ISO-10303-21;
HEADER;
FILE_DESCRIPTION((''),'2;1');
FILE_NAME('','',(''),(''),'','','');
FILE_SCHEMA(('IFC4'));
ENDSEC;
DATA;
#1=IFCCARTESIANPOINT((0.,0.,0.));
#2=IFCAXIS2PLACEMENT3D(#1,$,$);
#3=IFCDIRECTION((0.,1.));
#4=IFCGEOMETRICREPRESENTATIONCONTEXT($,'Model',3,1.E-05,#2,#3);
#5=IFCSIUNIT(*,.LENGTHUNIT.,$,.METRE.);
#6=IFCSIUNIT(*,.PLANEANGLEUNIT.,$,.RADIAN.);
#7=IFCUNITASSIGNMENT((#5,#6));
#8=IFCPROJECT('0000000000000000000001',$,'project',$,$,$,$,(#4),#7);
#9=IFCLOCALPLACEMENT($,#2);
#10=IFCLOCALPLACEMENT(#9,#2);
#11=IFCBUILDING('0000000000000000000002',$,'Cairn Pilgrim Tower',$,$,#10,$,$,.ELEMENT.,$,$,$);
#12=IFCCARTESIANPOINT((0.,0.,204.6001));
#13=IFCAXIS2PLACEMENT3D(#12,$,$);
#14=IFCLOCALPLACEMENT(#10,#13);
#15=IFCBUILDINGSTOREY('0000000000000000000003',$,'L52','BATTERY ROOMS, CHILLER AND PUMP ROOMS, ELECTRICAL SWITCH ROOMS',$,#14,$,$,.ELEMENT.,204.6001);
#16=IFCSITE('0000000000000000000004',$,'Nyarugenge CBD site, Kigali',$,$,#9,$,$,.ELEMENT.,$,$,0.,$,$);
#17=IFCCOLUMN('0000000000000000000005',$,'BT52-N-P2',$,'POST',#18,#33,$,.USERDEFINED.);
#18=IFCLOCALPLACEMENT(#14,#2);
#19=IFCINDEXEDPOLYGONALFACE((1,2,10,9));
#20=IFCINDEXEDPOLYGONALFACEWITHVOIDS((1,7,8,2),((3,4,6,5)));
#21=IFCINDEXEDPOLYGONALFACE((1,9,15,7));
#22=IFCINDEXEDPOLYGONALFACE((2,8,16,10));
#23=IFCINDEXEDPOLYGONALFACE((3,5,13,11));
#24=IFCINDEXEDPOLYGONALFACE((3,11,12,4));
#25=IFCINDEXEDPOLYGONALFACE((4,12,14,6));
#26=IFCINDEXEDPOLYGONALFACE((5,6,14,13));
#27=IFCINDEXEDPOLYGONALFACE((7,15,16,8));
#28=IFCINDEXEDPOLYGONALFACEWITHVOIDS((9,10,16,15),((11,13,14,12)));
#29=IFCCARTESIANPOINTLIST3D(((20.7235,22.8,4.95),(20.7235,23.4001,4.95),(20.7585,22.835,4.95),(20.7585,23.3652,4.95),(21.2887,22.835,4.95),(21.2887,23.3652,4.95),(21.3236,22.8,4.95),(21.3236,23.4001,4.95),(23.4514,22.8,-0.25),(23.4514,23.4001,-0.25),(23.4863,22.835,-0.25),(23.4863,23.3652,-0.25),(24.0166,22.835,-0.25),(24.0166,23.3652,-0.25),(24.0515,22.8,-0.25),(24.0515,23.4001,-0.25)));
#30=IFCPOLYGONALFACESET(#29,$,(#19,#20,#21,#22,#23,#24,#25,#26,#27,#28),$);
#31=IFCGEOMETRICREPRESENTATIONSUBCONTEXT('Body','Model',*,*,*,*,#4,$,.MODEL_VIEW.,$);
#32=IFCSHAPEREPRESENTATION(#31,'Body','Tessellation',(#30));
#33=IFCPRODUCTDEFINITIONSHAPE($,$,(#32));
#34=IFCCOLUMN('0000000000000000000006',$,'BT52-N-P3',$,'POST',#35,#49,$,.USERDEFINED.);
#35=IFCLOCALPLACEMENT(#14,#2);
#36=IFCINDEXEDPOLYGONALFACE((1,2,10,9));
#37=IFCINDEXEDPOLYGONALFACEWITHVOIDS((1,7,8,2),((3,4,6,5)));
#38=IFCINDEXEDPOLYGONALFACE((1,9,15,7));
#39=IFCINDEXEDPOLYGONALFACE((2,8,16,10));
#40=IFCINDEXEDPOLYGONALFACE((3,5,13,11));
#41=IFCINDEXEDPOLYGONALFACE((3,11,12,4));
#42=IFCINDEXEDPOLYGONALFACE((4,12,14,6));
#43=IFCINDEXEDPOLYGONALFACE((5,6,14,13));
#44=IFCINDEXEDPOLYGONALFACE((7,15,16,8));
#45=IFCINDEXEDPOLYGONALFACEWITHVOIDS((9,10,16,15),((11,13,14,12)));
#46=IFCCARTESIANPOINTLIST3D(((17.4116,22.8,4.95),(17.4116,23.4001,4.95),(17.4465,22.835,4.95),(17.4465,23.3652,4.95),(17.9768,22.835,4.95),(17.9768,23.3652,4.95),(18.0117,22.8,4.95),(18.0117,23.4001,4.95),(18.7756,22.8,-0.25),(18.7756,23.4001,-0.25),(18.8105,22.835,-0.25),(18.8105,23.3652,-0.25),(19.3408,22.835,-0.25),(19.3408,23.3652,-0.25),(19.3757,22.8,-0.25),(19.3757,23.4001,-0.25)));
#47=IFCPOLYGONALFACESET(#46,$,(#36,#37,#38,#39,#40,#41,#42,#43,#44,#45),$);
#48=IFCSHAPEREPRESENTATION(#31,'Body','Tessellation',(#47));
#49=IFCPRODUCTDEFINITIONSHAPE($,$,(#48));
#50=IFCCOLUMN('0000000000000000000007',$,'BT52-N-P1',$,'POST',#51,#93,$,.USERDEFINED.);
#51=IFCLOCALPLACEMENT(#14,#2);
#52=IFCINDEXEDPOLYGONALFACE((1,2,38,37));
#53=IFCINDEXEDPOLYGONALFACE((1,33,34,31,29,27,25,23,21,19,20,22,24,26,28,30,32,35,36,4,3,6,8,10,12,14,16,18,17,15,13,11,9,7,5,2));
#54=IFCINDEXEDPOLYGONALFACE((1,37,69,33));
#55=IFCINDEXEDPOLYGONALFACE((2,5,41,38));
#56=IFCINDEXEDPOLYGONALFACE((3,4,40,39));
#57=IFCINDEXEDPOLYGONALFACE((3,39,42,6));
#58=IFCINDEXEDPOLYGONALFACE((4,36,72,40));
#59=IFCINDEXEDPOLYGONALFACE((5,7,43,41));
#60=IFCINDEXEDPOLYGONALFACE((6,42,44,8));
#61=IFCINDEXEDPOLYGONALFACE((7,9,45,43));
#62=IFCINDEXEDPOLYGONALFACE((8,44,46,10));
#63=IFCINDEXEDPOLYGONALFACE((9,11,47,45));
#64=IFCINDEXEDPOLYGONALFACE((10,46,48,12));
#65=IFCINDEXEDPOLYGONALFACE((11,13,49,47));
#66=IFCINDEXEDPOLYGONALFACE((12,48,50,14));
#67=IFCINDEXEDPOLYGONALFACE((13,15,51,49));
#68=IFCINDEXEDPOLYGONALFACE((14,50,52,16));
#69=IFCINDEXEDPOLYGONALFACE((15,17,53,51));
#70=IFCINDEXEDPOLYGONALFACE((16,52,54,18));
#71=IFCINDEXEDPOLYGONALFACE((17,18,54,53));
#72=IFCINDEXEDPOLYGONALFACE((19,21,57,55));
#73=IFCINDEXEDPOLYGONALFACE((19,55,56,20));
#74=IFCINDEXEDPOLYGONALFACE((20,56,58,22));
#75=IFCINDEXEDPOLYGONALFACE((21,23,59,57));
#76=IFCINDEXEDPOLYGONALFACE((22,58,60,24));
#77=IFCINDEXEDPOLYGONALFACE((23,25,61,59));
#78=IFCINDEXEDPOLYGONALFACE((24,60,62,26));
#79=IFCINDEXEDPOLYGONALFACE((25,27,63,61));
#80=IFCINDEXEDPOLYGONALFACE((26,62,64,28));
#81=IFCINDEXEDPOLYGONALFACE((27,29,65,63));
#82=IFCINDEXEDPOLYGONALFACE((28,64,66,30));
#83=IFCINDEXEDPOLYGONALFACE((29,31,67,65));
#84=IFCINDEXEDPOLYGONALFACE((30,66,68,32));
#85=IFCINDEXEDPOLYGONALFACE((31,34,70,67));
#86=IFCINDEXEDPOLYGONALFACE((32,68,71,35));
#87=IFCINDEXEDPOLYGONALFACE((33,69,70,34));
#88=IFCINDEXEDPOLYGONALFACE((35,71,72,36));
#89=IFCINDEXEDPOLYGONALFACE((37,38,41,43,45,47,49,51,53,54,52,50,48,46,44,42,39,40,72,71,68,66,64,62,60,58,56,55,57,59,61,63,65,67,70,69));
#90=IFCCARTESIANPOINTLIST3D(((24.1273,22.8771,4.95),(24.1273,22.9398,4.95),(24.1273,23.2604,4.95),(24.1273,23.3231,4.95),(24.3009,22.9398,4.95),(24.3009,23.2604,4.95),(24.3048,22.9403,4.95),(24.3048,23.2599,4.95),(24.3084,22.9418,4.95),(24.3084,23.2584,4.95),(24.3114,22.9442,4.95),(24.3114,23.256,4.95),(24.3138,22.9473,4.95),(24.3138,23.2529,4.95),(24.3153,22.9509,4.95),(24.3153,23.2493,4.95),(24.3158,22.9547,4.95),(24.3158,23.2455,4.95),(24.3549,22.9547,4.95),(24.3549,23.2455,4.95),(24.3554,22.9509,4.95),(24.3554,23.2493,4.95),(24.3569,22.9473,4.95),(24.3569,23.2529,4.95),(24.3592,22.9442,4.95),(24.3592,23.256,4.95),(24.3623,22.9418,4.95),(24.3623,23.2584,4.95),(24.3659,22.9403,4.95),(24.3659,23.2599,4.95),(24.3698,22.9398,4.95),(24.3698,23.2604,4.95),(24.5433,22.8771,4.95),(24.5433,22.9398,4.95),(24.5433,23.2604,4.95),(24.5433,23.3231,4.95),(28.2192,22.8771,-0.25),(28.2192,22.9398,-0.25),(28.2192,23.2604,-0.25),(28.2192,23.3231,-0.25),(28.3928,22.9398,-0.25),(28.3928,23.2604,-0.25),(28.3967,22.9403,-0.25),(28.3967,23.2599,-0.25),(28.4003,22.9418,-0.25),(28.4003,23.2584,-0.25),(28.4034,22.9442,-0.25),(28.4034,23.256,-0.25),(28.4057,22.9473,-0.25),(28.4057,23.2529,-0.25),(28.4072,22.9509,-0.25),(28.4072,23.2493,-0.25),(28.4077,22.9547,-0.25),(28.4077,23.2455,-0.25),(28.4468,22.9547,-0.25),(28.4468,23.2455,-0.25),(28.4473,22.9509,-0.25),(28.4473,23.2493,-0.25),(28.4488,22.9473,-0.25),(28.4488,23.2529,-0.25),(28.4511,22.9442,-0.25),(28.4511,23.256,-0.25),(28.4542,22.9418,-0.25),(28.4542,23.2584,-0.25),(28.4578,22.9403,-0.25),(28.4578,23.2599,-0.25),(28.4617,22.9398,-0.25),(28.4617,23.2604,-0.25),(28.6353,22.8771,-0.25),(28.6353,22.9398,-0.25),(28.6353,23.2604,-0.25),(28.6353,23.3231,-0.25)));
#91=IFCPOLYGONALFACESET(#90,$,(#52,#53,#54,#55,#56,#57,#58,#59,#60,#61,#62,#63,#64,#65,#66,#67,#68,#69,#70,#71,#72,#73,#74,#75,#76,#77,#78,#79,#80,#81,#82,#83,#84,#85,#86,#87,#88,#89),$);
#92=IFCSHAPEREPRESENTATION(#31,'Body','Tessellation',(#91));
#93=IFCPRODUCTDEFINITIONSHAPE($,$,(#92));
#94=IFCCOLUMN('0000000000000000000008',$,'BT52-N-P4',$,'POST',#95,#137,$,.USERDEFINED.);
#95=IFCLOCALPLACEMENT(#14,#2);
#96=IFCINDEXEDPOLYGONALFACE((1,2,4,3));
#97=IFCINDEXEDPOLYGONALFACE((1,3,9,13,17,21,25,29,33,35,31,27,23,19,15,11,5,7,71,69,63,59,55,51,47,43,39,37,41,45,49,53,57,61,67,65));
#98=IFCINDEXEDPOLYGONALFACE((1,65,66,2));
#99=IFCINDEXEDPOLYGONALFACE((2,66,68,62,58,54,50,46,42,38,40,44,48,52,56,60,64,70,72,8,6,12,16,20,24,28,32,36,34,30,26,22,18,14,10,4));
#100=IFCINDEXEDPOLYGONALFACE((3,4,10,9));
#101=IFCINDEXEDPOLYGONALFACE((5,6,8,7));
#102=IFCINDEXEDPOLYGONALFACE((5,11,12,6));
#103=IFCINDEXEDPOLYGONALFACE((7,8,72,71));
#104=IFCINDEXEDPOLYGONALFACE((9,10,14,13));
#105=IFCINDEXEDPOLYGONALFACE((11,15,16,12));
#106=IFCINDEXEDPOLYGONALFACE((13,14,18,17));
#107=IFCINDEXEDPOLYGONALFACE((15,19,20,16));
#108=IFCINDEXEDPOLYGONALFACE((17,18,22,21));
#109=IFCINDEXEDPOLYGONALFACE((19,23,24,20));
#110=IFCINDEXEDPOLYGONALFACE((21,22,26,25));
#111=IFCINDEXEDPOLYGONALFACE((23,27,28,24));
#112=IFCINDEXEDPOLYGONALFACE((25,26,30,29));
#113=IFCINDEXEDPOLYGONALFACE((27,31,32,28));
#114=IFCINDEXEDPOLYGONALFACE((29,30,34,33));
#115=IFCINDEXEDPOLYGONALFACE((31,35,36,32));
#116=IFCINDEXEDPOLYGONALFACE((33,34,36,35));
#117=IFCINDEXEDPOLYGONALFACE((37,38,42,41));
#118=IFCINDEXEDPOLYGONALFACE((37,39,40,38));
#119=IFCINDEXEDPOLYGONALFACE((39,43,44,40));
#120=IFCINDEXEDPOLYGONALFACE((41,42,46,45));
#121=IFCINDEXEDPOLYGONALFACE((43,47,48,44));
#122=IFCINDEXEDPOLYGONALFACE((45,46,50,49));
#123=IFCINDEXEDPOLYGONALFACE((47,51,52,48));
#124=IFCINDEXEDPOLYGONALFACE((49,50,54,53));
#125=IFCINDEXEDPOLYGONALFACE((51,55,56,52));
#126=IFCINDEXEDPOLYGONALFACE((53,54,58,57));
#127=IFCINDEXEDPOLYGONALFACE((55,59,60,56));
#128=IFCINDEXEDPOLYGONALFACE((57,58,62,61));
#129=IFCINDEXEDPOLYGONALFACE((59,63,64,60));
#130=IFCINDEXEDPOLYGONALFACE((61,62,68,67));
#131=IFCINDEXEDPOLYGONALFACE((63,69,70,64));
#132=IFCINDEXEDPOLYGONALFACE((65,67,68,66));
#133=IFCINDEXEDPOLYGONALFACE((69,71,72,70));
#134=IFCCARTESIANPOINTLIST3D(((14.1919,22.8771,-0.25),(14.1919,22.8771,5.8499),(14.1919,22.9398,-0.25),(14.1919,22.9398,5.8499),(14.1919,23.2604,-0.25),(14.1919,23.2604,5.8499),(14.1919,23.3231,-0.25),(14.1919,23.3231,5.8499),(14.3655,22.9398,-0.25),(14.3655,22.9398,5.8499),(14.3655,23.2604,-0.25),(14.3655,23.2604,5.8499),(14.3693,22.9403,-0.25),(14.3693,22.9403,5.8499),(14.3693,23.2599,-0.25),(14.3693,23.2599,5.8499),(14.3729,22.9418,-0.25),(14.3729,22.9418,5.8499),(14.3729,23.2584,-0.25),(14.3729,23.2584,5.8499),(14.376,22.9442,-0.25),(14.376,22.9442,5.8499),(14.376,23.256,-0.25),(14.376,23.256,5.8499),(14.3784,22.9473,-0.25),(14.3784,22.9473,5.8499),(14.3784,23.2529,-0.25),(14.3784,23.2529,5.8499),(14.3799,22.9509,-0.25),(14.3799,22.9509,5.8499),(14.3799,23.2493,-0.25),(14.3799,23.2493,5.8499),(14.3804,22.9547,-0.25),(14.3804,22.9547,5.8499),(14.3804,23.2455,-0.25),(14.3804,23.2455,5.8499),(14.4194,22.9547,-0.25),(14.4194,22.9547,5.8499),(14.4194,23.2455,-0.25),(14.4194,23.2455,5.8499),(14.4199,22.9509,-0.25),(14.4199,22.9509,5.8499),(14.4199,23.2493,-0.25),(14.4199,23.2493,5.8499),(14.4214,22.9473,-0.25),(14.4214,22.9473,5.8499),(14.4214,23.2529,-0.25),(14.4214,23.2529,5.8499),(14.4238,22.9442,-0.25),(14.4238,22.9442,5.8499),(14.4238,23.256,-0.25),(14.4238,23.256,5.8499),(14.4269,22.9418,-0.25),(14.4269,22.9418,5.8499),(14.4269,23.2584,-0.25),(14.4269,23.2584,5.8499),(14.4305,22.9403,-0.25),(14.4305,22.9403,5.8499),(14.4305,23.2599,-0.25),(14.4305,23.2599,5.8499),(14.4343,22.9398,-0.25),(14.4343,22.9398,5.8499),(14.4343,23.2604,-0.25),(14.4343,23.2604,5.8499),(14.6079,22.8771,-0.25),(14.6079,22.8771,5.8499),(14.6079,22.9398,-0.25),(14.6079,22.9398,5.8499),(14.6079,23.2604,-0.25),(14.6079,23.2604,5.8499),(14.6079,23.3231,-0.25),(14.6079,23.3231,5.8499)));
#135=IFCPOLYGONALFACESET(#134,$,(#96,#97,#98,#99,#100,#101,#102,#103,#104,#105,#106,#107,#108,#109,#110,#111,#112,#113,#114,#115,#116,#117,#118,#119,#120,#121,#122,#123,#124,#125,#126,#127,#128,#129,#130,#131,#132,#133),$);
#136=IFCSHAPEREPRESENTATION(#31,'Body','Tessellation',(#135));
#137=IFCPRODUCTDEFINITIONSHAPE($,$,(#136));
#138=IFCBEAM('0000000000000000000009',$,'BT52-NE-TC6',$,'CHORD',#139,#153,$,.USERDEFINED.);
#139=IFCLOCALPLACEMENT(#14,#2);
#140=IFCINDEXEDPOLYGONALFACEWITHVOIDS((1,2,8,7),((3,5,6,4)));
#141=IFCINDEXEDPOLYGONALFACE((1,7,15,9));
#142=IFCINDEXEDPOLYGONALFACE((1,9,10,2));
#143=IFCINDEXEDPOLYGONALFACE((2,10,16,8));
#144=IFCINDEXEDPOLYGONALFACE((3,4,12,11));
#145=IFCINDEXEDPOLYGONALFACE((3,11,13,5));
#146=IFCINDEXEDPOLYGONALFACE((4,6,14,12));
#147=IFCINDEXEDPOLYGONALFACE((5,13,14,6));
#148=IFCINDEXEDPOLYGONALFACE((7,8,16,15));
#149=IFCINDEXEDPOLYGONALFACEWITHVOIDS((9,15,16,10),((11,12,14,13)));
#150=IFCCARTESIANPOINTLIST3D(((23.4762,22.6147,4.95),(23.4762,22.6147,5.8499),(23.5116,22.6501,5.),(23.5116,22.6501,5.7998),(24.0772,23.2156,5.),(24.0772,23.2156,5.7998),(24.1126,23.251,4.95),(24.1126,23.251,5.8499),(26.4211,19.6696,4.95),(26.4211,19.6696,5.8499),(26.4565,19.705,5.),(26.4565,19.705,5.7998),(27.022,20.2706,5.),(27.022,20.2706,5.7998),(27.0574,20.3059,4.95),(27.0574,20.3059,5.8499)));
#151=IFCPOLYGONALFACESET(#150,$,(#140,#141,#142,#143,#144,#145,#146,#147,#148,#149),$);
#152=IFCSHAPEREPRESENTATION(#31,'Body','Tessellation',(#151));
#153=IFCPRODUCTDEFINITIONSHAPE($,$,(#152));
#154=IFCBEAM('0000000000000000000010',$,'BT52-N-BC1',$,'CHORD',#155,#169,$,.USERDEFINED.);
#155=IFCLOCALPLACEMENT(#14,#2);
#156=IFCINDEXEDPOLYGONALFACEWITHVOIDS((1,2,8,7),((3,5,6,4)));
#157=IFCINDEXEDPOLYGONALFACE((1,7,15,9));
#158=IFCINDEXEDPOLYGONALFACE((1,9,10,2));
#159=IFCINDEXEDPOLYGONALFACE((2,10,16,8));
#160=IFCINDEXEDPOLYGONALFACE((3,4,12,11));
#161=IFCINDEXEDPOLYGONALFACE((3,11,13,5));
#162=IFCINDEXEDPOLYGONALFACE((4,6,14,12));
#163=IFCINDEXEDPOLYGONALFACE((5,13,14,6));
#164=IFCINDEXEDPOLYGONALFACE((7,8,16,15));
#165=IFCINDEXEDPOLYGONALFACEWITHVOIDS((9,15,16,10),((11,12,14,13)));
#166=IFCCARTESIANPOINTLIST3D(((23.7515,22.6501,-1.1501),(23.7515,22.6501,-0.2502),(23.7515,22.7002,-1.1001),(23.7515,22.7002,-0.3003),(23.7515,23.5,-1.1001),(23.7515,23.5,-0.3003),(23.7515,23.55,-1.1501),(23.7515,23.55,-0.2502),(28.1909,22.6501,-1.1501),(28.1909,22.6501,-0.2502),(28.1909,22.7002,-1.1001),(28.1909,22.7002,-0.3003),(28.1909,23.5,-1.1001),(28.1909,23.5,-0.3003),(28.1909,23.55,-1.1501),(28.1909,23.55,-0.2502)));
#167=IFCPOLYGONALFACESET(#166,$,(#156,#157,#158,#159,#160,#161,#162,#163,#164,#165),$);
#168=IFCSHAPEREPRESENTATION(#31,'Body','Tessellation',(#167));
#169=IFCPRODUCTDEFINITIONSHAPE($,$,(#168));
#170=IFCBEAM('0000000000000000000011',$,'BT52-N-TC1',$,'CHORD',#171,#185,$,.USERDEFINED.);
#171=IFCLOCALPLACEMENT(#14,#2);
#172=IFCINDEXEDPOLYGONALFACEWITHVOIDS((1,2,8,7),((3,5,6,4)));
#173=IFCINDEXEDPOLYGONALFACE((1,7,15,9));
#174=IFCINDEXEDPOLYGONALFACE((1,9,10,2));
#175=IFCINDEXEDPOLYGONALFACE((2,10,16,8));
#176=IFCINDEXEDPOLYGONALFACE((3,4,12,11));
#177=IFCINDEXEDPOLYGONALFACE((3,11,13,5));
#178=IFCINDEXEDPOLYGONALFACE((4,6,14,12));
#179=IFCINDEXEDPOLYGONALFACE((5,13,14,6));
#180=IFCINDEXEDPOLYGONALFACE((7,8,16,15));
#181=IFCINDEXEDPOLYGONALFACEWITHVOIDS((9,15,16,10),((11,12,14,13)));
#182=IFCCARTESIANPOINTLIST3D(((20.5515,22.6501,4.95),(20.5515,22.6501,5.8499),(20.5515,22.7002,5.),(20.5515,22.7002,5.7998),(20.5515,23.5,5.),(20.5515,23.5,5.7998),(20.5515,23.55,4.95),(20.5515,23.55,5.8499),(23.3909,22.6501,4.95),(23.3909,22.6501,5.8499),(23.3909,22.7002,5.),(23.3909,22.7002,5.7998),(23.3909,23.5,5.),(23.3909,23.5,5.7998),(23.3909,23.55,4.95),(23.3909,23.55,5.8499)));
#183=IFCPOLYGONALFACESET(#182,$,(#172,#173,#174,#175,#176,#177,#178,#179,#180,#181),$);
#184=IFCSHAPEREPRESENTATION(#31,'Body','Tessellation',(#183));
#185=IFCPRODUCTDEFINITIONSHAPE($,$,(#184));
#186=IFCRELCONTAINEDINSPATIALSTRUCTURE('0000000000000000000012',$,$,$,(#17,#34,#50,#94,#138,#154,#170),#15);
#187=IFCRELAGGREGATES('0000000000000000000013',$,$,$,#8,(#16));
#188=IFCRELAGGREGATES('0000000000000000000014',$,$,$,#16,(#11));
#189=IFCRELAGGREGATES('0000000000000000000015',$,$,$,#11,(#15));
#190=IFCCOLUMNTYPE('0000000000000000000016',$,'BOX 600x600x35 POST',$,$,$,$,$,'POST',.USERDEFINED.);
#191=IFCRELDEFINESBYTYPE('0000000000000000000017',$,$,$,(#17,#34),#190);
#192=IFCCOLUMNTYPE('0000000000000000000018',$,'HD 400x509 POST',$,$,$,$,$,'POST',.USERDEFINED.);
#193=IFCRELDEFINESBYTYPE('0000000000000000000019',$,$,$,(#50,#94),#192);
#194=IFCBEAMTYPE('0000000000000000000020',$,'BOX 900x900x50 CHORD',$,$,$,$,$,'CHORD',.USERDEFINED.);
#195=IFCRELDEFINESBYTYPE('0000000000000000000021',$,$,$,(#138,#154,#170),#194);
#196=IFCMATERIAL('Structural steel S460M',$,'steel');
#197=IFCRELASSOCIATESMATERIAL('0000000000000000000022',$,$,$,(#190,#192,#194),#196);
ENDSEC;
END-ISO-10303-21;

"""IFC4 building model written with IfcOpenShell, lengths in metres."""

from ifc_helpers import new_model, si_unit, direction, frame, origin, origin_2d, place, context, subcontext, project, spatial, hollow_rectangle, i_section, extrude, clip, halfspace, material, material_profile, profile_set, type_object, element, save


model = new_model("IFC4")

# Units and contexts
model_context = context("Model", 3, precision=1e-05, world=origin(), true_north=direction((0.0, 1.0)))
body_context = subcontext(model_context, "Body", "Model", "MODEL_VIEW")
ifc_project = project(units=[si_unit("LENGTHUNIT", "METRE"), si_unit("PLANEANGLEUNIT", "RADIAN")], contexts=[model_context])

# Site, building, storey
site_placement = place(None, origin())
site = spatial("IfcSite", under=ifc_project, at=site_placement, Name="Nyarugenge CBD site, Kigali", CompositionType="ELEMENT", RefElevation=0.0)
building_placement = place(site_placement, origin())
building = spatial("IfcBuilding", under=site, at=building_placement, Name="Cairn Pilgrim Tower", CompositionType="ELEMENT")
storey_placement = place(building_placement, frame((0.0, 0.0, 204.6001)))
storey = spatial("IfcBuildingStorey", under=building, at=storey_placement, Name="L52", Description="BATTERY ROOMS, CHILLER AND PUMP ROOMS, ELECTRICAL SWITCH ROOMS", CompositionType="ELEMENT", Elevation=204.6001)

# Columns
ifc_material_1 = material(Name="Structural steel S460M", Category="steel")
ifc_material_profile_1 = material_profile(ifc_material_1, hollow_rectangle(XDim=0.6001, YDim=0.6001, WallThickness=0.0349, at=origin_2d()), Name="BOX 600x600x35")
ifc_profile_set_1 = profile_set([ifc_material_profile_1], Name="Structural steel S460M")
column_type_1 = type_object("IfcColumnType", Name="BOX 600x600x35 POST", ElementType="POST", PredefinedType="USERDEFINED", material=ifc_profile_set_1)
column_1_placement = place(storey_placement, frame((23.7515, 23.1001, -0.25), z_axis=(0.0, 0.0, 1.0), x_axis=(1.0, 0.0, 0.0)))
element("IfcColumn", 1, at=column_1_placement, inside=storey, type_object=column_type_1, Name="BT52-N-P2", ObjectType="POST", PredefinedType="USERDEFINED", context=body_context, shape_type="Clipping", body=[
    clip(extrude(hollow_rectangle(XDim=0.6001, YDim=0.6001, WallThickness=0.0349, at=origin_2d()), origin(), (-0.464553, 0.0, 0.885546), 6.8882), halfspace(frame((0.0, 0.0, 5.2), z_axis=(0.0, 0.0, 1.0), x_axis=(1.0, 0.0, 0.0)), False)),
])
column_2_placement = place(storey_placement, frame((19.0757, 23.1001, -0.25), z_axis=(0.0, 0.0, 1.0), x_axis=(1.0, 0.0, 0.0)))
element("IfcColumn", 2, at=column_2_placement, inside=storey, type_object=column_type_1, Name="BT52-N-P3", ObjectType="POST", PredefinedType="USERDEFINED", context=body_context, shape_type="Clipping", body=[
    clip(extrude(hollow_rectangle(XDim=0.6001, YDim=0.6001, WallThickness=0.0349, at=origin_2d()), origin(), (-0.253733, 0.0, 0.967274), 6.3062), halfspace(frame((0.0, 0.0, 5.2), z_axis=(0.0, 0.0, 1.0), x_axis=(1.0, 0.0, 0.0)), False)),
])
ifc_material_profile_2 = material_profile(ifc_material_1, i_section(OverallWidth=0.416, OverallDepth=0.446, WebThickness=0.0391, FlangeThickness=0.0627, FilletRadius=0.0149, at=origin_2d()), Name="HD 400x509")
ifc_profile_set_2 = profile_set([ifc_material_profile_2], Name="Structural steel S460M")
column_type_2 = type_object("IfcColumnType", Name="HD 400x509 POST", ElementType="POST", PredefinedType="USERDEFINED", material=ifc_profile_set_2)
column_3_placement = place(storey_placement, frame((28.4272, 23.1001, -0.25), z_axis=(0.0, 0.0, 1.0), x_axis=(1.0, 0.0, 0.0)))
element("IfcColumn", 3, at=column_3_placement, inside=storey, type_object=column_type_2, Name="BT52-N-P1", ObjectType="POST", PredefinedType="USERDEFINED", context=body_context, shape_type="Clipping", body=[
    clip(extrude(i_section(OverallWidth=0.416, OverallDepth=0.446, WebThickness=0.0391, FlangeThickness=0.0627, FilletRadius=0.0149, at=origin_2d()), origin(), (-0.618403, 0.0, 0.785861), 7.762), halfspace(frame((0.0, 0.0, 5.2), z_axis=(0.0, 0.0, 1.0), x_axis=(1.0, 0.0, 0.0)), False)),
])
column_4_placement = place(storey_placement, frame((14.3999, 23.1001, -0.25), z_axis=(0.0, 0.0, 1.0), x_axis=(1.0, 0.0, 0.0)))
element("IfcColumn", 4, at=column_4_placement, inside=storey, type_object=column_type_2, Name="BT52-N-P4", ObjectType="POST", PredefinedType="USERDEFINED", context=body_context, shape_type="SweptSolid", body=[
    extrude(i_section(OverallWidth=0.416, OverallDepth=0.446, WebThickness=0.0391, FlangeThickness=0.0627, FilletRadius=0.0149, at=origin_2d()), origin(), (0.0, 0.0, 1.0), 6.0999),
])

# Beams
ifc_material_profile_3 = material_profile(ifc_material_1, hollow_rectangle(XDim=0.8999, YDim=0.8999, WallThickness=0.05, at=origin_2d()), Name="BOX 900x900x50")
ifc_profile_set_3 = profile_set([ifc_material_profile_3], Name="Structural steel S460M")
beam_type_1 = type_object("IfcBeamType", Name="BOX 900x900x50 CHORD", ElementType="CHORD", PredefinedType="USERDEFINED", material=ifc_profile_set_3)
beam_1_placement = place(storey_placement, frame((26.7393, 19.9878, 5.3999), z_axis=(-0.707077, 0.707136, 0.0), x_axis=(-0.707136, -0.707077, 0.0)))
element("IfcBeam", 5, at=beam_1_placement, inside=storey, type_object=beam_type_1, Name="BT52-NE-TC6", ObjectType="CHORD", PredefinedType="USERDEFINED", context=body_context, shape_type="SweptSolid", body=[
    extrude(hollow_rectangle(XDim=0.8999, YDim=0.8999, WallThickness=0.05, at=origin_2d()), origin(), (0.0, 0.0, 1.0), 4.1648),
])
beam_2_placement = place(storey_placement, frame((28.1909, 23.1001, -0.7002), z_axis=(-1.0, 0.0, 0.0), x_axis=(0.0, -1.0, 0.0)))
element("IfcBeam", 6, at=beam_2_placement, inside=storey, type_object=beam_type_1, Name="BT52-N-BC1", ObjectType="CHORD", PredefinedType="USERDEFINED", context=body_context, shape_type="SweptSolid", body=[
    extrude(hollow_rectangle(XDim=0.8999, YDim=0.8999, WallThickness=0.05, at=origin_2d()), origin(), (0.0, 0.0, 1.0), 4.4395),
])
beam_3_placement = place(storey_placement, frame((23.3909, 23.1001, 5.3999), z_axis=(-1.0, 0.0, 0.0), x_axis=(0.0, -1.0, 0.0)))
element("IfcBeam", 7, at=beam_3_placement, inside=storey, type_object=beam_type_1, Name="BT52-N-TC1", ObjectType="CHORD", PredefinedType="USERDEFINED", context=body_context, shape_type="SweptSolid", body=[
    extrude(hollow_rectangle(XDim=0.8999, YDim=0.8999, WallThickness=0.05, at=origin_2d()), origin(), (0.0, 0.0, 1.0), 2.8394),
])

save(model, "model.ifc")
